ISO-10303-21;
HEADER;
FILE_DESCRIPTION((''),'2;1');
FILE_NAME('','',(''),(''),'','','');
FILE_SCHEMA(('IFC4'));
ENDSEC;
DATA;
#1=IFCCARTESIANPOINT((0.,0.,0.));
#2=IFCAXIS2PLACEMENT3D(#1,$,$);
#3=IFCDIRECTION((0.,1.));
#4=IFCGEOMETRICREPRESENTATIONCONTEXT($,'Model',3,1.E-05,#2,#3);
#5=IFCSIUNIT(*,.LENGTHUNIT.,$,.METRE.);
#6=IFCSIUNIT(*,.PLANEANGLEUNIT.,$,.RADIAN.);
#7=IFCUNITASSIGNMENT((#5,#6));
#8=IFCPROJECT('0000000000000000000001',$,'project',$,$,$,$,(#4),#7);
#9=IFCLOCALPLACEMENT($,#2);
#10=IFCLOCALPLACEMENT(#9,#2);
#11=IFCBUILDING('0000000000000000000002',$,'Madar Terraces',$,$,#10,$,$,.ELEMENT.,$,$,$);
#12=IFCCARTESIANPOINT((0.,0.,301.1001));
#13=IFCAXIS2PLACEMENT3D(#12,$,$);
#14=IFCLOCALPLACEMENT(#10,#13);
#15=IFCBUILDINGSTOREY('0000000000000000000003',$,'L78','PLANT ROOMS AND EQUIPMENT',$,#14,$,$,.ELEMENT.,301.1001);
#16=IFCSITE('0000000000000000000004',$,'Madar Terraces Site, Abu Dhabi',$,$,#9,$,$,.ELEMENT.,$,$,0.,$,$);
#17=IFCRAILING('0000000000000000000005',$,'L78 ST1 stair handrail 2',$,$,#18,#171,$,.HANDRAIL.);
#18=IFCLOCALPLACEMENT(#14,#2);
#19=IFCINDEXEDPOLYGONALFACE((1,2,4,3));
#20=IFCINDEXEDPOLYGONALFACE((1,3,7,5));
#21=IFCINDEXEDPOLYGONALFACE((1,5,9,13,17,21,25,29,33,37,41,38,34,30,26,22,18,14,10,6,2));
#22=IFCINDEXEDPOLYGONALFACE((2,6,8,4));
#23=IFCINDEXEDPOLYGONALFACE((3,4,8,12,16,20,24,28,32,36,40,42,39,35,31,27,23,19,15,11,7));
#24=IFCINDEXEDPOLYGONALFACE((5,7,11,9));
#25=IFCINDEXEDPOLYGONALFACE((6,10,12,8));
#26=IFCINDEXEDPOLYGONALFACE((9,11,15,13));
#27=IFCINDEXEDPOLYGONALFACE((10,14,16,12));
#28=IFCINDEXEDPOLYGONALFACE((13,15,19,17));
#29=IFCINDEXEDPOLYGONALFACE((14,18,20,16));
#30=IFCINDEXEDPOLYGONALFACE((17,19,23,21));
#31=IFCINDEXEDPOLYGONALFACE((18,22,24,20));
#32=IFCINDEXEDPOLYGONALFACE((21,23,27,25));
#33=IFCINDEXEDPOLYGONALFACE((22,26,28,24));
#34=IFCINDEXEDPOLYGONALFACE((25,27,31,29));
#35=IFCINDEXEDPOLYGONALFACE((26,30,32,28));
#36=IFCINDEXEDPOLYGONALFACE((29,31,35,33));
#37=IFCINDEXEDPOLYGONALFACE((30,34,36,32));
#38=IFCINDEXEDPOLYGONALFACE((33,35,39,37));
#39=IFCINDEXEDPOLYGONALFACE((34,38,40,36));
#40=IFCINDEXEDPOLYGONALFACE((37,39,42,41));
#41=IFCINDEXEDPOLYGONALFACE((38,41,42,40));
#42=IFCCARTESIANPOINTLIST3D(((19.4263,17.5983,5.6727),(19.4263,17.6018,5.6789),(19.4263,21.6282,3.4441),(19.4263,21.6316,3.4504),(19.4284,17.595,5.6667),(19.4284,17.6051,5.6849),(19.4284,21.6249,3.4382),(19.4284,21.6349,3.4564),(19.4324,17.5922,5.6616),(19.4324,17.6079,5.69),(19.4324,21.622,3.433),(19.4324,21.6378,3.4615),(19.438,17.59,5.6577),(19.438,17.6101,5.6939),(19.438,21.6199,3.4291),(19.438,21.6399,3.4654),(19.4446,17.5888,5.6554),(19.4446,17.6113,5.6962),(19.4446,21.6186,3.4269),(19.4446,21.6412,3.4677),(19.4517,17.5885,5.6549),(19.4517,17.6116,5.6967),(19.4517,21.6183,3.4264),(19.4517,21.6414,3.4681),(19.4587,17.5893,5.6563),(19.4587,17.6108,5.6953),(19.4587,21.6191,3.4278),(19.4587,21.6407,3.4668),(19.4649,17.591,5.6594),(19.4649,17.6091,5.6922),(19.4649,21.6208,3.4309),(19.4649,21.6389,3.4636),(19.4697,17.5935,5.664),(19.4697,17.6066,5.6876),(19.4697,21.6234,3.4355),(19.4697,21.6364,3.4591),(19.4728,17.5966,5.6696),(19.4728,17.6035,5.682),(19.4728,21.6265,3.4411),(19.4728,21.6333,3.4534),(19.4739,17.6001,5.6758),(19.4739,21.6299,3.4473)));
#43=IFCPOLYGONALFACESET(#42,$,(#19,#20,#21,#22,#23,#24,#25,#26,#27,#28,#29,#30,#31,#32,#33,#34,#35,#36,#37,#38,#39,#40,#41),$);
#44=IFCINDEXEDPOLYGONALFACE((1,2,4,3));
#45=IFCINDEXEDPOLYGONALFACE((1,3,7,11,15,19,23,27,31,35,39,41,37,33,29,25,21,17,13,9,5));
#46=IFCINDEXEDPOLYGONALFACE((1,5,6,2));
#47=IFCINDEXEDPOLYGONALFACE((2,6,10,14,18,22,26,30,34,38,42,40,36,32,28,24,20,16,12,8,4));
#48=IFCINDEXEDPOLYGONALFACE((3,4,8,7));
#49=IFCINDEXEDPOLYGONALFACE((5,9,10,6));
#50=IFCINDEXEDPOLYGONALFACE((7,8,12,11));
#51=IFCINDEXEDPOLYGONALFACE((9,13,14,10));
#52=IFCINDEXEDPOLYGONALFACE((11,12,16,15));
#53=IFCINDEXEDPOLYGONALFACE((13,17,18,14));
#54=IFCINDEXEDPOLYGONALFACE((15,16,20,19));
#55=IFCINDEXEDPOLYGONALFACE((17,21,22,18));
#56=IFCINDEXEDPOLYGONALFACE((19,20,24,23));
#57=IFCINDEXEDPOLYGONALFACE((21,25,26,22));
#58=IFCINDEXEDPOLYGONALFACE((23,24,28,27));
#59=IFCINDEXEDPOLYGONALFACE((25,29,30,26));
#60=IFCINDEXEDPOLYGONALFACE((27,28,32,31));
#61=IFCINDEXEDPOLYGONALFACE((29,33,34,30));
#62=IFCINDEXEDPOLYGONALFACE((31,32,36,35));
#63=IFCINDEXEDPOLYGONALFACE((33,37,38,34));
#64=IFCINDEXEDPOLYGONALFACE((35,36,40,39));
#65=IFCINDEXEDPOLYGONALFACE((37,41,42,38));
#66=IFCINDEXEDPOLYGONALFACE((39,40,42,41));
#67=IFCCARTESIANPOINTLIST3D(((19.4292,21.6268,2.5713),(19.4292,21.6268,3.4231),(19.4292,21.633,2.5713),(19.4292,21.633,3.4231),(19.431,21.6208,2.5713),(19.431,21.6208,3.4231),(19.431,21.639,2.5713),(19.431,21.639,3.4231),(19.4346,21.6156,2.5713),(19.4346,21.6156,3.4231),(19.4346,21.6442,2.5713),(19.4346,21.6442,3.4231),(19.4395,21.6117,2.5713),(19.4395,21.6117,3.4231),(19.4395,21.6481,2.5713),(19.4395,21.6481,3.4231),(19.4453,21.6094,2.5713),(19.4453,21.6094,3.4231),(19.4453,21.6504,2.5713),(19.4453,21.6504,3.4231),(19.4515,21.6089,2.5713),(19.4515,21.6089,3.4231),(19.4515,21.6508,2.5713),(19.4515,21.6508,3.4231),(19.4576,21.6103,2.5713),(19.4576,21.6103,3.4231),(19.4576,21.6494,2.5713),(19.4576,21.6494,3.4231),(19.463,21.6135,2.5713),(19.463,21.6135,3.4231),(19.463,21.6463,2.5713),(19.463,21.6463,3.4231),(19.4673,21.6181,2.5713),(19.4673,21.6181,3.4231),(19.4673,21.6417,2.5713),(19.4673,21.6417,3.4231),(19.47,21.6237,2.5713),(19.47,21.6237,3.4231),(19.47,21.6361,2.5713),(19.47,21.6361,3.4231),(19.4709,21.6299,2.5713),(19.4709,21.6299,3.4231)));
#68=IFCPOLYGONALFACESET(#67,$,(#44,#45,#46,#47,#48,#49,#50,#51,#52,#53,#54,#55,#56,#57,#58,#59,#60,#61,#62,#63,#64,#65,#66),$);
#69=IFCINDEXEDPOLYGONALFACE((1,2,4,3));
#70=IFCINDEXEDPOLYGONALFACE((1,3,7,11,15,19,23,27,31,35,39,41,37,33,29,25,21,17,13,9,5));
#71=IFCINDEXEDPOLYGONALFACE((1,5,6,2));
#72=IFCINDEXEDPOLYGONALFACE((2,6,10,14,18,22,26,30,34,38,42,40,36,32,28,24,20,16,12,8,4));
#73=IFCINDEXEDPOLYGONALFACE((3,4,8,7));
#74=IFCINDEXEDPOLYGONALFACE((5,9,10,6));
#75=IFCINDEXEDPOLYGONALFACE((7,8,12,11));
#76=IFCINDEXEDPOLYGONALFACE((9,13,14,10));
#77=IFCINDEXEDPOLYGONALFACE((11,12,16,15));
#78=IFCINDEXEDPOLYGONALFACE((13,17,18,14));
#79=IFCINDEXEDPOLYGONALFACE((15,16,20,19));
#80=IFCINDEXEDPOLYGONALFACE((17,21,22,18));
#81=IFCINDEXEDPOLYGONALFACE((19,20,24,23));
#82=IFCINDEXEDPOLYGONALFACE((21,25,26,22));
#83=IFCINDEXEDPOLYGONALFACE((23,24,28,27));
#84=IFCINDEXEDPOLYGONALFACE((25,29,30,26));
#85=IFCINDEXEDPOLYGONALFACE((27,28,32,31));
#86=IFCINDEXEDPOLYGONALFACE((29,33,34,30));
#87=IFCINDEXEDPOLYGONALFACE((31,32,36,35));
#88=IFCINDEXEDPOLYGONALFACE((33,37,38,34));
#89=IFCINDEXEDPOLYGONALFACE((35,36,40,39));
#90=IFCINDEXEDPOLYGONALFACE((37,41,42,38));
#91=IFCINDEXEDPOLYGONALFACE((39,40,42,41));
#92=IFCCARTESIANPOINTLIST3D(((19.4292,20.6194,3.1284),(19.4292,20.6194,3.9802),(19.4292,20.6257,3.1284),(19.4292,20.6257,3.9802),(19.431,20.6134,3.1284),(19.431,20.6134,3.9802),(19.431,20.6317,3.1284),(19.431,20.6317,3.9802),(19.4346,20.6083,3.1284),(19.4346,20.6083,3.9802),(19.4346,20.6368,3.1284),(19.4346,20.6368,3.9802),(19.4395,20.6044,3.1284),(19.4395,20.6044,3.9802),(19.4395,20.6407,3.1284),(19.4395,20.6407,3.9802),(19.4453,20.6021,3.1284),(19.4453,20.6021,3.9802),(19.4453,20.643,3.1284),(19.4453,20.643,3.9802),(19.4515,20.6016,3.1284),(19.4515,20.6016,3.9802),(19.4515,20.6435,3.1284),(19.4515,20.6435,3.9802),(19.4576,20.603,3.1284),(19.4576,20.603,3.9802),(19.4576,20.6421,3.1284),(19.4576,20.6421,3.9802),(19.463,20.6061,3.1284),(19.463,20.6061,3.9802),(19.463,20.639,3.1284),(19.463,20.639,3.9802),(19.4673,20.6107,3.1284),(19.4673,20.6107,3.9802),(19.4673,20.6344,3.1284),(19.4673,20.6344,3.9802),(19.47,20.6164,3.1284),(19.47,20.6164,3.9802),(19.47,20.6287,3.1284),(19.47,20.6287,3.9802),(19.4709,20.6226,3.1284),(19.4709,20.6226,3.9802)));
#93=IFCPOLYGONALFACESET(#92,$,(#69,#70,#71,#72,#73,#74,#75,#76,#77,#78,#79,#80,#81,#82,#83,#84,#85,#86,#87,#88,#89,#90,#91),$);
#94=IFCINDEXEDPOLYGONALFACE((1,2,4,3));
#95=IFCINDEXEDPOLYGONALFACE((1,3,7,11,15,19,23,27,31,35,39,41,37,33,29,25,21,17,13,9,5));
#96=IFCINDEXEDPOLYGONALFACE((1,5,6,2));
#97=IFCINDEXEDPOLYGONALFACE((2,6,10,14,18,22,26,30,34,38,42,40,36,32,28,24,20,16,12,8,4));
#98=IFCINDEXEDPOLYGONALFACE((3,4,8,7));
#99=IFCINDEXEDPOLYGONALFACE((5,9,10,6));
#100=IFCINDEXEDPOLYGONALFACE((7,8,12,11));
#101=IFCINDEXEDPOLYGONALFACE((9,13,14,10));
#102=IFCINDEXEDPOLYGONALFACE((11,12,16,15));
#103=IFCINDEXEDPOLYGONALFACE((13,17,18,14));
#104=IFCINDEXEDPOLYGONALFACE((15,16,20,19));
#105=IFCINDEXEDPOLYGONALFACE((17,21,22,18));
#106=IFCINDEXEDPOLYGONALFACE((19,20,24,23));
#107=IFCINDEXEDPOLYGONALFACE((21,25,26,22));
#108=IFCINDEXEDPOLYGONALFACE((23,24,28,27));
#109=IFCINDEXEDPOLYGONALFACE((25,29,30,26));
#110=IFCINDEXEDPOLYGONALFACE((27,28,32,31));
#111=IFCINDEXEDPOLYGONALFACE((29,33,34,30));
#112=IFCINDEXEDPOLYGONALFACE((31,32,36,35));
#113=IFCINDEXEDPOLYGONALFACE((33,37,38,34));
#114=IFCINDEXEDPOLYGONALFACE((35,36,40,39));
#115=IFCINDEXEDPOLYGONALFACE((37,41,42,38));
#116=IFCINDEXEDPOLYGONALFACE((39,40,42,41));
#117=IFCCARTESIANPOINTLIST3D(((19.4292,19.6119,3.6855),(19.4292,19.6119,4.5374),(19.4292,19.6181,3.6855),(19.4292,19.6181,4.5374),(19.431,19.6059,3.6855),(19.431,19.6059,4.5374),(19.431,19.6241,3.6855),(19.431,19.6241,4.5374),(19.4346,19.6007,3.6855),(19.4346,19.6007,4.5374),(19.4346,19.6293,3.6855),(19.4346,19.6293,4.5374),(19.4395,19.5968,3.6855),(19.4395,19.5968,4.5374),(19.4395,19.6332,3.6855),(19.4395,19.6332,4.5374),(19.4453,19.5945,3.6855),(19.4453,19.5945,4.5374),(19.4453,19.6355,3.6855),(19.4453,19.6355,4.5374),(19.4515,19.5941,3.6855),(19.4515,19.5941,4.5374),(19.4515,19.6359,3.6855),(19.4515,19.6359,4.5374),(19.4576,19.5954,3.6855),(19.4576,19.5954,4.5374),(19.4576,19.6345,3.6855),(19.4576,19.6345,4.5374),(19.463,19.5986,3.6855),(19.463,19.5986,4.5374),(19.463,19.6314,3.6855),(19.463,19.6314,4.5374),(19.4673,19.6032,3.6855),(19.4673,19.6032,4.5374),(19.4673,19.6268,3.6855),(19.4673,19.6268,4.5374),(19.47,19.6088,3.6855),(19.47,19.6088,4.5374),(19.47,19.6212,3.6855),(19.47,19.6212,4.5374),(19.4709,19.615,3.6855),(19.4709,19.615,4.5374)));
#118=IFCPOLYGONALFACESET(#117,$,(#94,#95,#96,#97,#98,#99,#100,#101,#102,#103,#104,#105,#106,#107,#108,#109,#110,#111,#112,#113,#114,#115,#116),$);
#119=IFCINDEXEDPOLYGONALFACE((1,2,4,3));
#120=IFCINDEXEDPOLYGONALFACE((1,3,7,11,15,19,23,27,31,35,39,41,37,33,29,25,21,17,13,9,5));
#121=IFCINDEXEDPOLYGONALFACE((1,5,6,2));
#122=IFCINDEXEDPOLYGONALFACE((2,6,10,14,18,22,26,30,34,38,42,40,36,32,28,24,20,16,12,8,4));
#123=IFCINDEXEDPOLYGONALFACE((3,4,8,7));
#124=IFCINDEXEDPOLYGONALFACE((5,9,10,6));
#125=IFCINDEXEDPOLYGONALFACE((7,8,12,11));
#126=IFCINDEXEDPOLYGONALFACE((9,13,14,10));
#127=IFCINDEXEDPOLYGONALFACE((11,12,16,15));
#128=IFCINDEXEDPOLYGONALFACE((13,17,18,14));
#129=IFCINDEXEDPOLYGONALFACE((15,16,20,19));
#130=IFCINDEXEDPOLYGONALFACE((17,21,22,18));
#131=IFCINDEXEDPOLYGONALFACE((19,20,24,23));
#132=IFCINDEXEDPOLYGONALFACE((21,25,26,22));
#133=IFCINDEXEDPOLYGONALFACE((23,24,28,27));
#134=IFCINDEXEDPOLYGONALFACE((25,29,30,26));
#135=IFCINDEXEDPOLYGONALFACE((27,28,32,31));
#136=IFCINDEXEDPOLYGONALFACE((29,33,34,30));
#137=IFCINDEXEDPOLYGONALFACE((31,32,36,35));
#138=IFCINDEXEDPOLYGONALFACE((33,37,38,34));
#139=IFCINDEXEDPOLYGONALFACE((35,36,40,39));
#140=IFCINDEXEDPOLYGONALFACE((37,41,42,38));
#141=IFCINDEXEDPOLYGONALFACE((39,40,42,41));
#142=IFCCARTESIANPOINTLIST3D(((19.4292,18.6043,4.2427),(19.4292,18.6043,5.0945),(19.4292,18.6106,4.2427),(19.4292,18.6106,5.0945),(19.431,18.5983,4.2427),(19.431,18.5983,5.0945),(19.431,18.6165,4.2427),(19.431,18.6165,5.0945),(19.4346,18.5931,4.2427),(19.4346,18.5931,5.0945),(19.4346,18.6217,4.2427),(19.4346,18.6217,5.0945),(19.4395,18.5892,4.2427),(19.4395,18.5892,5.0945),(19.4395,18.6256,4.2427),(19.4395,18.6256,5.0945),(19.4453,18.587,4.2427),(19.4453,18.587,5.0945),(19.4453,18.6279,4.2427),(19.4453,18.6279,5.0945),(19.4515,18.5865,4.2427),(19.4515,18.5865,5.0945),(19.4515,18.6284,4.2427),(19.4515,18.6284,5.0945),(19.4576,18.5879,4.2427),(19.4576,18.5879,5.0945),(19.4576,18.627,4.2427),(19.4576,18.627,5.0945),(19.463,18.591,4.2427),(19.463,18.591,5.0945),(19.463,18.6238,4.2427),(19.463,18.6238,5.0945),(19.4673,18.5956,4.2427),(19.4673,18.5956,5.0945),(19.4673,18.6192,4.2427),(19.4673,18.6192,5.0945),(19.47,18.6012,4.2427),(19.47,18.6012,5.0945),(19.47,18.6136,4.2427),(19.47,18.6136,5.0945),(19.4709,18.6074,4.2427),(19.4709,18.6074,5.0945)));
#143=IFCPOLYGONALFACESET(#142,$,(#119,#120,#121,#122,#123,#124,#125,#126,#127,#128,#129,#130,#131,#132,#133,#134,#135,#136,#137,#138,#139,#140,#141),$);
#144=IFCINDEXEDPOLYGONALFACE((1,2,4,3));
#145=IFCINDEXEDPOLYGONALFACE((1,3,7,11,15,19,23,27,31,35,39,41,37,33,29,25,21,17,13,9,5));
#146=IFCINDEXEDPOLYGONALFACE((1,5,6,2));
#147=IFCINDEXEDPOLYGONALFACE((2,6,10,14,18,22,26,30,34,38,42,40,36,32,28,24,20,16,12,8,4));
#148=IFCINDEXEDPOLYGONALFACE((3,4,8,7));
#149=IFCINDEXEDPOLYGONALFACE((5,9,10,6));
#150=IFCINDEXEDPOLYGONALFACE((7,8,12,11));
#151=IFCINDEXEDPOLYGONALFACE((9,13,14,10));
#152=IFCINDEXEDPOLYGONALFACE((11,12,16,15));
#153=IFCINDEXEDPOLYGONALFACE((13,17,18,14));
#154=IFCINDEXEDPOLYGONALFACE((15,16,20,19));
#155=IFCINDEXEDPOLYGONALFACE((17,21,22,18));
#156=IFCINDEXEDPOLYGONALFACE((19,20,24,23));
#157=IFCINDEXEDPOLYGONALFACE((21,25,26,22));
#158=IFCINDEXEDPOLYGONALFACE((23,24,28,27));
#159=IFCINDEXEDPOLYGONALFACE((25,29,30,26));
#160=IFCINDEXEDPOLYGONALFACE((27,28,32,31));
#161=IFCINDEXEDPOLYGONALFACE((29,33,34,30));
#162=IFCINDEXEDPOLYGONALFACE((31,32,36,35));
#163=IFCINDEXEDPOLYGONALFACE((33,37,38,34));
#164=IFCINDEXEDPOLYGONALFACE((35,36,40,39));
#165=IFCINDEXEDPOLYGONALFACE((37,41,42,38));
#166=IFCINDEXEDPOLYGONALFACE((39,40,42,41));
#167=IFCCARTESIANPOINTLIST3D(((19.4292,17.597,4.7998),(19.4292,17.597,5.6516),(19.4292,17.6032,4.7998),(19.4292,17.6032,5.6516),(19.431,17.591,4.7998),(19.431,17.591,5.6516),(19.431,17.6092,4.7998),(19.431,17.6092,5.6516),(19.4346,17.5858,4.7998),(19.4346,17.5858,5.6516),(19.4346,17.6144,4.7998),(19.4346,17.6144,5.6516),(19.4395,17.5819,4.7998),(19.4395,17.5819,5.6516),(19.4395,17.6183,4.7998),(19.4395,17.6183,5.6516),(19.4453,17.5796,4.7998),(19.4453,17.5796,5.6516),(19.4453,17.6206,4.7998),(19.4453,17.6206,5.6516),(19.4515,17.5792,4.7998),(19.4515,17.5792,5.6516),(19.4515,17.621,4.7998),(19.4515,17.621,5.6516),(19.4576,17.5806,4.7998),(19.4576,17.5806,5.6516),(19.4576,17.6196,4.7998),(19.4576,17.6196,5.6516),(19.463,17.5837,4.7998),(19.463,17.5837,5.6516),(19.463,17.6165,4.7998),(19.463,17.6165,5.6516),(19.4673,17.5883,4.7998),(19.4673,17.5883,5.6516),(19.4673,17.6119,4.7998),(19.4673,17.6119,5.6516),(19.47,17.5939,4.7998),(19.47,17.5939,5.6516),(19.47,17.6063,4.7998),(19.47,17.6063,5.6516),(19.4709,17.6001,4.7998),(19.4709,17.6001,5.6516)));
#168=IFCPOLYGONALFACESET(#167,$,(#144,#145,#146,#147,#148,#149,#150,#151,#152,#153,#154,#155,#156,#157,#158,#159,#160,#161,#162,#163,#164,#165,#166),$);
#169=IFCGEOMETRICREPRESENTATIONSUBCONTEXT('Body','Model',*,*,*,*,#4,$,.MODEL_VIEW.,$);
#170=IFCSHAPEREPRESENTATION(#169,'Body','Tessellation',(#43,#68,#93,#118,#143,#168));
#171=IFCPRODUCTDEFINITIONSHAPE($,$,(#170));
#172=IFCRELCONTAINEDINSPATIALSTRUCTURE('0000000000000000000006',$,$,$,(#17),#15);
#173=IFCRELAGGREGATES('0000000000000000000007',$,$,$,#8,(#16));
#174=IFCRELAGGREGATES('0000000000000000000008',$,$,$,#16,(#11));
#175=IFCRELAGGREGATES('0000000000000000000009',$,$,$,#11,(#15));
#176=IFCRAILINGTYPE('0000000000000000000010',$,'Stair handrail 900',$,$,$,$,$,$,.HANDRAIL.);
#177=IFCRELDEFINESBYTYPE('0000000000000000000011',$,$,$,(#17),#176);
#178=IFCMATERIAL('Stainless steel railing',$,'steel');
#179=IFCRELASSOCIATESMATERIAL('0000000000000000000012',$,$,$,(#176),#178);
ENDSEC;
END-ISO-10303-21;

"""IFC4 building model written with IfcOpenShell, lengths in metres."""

from ifc_helpers import new_model, si_unit, direction, frame, origin, origin_2d, place, context, subcontext, project, spatial, circle, extrude, material, type_object, element, save


model = new_model("IFC4")

# Units and contexts
model_context = context("Model", 3, precision=1e-05, world=origin(), true_north=direction((0.0, 1.0)))
body_context = subcontext(model_context, "Body", "Model", "MODEL_VIEW")
ifc_project = project(units=[si_unit("LENGTHUNIT", "METRE"), si_unit("PLANEANGLEUNIT", "RADIAN")], contexts=[model_context])

# Site, building, storey
site_placement = place(None, origin())
site = spatial("IfcSite", under=ifc_project, at=site_placement, Name="Madar Terraces Site, Abu Dhabi", CompositionType="ELEMENT", RefElevation=0.0)
building_placement = place(site_placement, origin())
building = spatial("IfcBuilding", under=site, at=building_placement, Name="Madar Terraces", CompositionType="ELEMENT")
storey_placement = place(building_placement, frame((0.0, 0.0, 301.1001)))
storey = spatial("IfcBuildingStorey", under=building, at=storey_placement, Name="L78", Description="PLANT ROOMS AND EQUIPMENT", CompositionType="ELEMENT", Elevation=301.1001)

# Railing
ifc_material_1 = material(Name="Stainless steel railing", Category="steel")
railing_type_1 = type_object("IfcRailingType", Name="Stair handrail 900", PredefinedType="HANDRAIL", material=ifc_material_1)
railing_1_placement = place(storey_placement, frame((19.45, 21.6299, 2.5713)))
element("IfcRailing", 1, at=railing_1_placement, inside=storey, type_object=railing_type_1, Name="L78 ST1 stair handrail 2", PredefinedType="HANDRAIL", context=body_context, shape_type="SweptSolid", body=[
    extrude(circle(Radius=0.0239, at=origin_2d()), frame((0.0, 0.0, 0.876), z_axis=(0.0, -0.875101, 0.48394), x_axis=(1.0, 0.0, 0.0)), (0.0, 0.0, 1.0), 4.605),
    extrude(circle(Radius=0.021, at=origin_2d()), origin(), (0.0, 0.0, 1.0), 0.8518),
    extrude(circle(Radius=0.021, at=origin_2d()), frame((0.0, -1.0073, 0.5571)), (0.0, 0.0, 1.0), 0.8518),
    extrude(circle(Radius=0.021, at=origin_2d()), frame((0.0, -2.0149, 1.1143)), (0.0, 0.0, 1.0), 0.8518),
    extrude(circle(Radius=0.021, at=origin_2d()), frame((0.0, -3.0225, 1.6714)), (0.0, 0.0, 1.0), 0.8518),
    extrude(circle(Radius=0.021, at=origin_2d()), frame((0.0, -4.0298, 2.2285)), (0.0, 0.0, 1.0), 0.8518),
])

save(model, "model.ifc")
